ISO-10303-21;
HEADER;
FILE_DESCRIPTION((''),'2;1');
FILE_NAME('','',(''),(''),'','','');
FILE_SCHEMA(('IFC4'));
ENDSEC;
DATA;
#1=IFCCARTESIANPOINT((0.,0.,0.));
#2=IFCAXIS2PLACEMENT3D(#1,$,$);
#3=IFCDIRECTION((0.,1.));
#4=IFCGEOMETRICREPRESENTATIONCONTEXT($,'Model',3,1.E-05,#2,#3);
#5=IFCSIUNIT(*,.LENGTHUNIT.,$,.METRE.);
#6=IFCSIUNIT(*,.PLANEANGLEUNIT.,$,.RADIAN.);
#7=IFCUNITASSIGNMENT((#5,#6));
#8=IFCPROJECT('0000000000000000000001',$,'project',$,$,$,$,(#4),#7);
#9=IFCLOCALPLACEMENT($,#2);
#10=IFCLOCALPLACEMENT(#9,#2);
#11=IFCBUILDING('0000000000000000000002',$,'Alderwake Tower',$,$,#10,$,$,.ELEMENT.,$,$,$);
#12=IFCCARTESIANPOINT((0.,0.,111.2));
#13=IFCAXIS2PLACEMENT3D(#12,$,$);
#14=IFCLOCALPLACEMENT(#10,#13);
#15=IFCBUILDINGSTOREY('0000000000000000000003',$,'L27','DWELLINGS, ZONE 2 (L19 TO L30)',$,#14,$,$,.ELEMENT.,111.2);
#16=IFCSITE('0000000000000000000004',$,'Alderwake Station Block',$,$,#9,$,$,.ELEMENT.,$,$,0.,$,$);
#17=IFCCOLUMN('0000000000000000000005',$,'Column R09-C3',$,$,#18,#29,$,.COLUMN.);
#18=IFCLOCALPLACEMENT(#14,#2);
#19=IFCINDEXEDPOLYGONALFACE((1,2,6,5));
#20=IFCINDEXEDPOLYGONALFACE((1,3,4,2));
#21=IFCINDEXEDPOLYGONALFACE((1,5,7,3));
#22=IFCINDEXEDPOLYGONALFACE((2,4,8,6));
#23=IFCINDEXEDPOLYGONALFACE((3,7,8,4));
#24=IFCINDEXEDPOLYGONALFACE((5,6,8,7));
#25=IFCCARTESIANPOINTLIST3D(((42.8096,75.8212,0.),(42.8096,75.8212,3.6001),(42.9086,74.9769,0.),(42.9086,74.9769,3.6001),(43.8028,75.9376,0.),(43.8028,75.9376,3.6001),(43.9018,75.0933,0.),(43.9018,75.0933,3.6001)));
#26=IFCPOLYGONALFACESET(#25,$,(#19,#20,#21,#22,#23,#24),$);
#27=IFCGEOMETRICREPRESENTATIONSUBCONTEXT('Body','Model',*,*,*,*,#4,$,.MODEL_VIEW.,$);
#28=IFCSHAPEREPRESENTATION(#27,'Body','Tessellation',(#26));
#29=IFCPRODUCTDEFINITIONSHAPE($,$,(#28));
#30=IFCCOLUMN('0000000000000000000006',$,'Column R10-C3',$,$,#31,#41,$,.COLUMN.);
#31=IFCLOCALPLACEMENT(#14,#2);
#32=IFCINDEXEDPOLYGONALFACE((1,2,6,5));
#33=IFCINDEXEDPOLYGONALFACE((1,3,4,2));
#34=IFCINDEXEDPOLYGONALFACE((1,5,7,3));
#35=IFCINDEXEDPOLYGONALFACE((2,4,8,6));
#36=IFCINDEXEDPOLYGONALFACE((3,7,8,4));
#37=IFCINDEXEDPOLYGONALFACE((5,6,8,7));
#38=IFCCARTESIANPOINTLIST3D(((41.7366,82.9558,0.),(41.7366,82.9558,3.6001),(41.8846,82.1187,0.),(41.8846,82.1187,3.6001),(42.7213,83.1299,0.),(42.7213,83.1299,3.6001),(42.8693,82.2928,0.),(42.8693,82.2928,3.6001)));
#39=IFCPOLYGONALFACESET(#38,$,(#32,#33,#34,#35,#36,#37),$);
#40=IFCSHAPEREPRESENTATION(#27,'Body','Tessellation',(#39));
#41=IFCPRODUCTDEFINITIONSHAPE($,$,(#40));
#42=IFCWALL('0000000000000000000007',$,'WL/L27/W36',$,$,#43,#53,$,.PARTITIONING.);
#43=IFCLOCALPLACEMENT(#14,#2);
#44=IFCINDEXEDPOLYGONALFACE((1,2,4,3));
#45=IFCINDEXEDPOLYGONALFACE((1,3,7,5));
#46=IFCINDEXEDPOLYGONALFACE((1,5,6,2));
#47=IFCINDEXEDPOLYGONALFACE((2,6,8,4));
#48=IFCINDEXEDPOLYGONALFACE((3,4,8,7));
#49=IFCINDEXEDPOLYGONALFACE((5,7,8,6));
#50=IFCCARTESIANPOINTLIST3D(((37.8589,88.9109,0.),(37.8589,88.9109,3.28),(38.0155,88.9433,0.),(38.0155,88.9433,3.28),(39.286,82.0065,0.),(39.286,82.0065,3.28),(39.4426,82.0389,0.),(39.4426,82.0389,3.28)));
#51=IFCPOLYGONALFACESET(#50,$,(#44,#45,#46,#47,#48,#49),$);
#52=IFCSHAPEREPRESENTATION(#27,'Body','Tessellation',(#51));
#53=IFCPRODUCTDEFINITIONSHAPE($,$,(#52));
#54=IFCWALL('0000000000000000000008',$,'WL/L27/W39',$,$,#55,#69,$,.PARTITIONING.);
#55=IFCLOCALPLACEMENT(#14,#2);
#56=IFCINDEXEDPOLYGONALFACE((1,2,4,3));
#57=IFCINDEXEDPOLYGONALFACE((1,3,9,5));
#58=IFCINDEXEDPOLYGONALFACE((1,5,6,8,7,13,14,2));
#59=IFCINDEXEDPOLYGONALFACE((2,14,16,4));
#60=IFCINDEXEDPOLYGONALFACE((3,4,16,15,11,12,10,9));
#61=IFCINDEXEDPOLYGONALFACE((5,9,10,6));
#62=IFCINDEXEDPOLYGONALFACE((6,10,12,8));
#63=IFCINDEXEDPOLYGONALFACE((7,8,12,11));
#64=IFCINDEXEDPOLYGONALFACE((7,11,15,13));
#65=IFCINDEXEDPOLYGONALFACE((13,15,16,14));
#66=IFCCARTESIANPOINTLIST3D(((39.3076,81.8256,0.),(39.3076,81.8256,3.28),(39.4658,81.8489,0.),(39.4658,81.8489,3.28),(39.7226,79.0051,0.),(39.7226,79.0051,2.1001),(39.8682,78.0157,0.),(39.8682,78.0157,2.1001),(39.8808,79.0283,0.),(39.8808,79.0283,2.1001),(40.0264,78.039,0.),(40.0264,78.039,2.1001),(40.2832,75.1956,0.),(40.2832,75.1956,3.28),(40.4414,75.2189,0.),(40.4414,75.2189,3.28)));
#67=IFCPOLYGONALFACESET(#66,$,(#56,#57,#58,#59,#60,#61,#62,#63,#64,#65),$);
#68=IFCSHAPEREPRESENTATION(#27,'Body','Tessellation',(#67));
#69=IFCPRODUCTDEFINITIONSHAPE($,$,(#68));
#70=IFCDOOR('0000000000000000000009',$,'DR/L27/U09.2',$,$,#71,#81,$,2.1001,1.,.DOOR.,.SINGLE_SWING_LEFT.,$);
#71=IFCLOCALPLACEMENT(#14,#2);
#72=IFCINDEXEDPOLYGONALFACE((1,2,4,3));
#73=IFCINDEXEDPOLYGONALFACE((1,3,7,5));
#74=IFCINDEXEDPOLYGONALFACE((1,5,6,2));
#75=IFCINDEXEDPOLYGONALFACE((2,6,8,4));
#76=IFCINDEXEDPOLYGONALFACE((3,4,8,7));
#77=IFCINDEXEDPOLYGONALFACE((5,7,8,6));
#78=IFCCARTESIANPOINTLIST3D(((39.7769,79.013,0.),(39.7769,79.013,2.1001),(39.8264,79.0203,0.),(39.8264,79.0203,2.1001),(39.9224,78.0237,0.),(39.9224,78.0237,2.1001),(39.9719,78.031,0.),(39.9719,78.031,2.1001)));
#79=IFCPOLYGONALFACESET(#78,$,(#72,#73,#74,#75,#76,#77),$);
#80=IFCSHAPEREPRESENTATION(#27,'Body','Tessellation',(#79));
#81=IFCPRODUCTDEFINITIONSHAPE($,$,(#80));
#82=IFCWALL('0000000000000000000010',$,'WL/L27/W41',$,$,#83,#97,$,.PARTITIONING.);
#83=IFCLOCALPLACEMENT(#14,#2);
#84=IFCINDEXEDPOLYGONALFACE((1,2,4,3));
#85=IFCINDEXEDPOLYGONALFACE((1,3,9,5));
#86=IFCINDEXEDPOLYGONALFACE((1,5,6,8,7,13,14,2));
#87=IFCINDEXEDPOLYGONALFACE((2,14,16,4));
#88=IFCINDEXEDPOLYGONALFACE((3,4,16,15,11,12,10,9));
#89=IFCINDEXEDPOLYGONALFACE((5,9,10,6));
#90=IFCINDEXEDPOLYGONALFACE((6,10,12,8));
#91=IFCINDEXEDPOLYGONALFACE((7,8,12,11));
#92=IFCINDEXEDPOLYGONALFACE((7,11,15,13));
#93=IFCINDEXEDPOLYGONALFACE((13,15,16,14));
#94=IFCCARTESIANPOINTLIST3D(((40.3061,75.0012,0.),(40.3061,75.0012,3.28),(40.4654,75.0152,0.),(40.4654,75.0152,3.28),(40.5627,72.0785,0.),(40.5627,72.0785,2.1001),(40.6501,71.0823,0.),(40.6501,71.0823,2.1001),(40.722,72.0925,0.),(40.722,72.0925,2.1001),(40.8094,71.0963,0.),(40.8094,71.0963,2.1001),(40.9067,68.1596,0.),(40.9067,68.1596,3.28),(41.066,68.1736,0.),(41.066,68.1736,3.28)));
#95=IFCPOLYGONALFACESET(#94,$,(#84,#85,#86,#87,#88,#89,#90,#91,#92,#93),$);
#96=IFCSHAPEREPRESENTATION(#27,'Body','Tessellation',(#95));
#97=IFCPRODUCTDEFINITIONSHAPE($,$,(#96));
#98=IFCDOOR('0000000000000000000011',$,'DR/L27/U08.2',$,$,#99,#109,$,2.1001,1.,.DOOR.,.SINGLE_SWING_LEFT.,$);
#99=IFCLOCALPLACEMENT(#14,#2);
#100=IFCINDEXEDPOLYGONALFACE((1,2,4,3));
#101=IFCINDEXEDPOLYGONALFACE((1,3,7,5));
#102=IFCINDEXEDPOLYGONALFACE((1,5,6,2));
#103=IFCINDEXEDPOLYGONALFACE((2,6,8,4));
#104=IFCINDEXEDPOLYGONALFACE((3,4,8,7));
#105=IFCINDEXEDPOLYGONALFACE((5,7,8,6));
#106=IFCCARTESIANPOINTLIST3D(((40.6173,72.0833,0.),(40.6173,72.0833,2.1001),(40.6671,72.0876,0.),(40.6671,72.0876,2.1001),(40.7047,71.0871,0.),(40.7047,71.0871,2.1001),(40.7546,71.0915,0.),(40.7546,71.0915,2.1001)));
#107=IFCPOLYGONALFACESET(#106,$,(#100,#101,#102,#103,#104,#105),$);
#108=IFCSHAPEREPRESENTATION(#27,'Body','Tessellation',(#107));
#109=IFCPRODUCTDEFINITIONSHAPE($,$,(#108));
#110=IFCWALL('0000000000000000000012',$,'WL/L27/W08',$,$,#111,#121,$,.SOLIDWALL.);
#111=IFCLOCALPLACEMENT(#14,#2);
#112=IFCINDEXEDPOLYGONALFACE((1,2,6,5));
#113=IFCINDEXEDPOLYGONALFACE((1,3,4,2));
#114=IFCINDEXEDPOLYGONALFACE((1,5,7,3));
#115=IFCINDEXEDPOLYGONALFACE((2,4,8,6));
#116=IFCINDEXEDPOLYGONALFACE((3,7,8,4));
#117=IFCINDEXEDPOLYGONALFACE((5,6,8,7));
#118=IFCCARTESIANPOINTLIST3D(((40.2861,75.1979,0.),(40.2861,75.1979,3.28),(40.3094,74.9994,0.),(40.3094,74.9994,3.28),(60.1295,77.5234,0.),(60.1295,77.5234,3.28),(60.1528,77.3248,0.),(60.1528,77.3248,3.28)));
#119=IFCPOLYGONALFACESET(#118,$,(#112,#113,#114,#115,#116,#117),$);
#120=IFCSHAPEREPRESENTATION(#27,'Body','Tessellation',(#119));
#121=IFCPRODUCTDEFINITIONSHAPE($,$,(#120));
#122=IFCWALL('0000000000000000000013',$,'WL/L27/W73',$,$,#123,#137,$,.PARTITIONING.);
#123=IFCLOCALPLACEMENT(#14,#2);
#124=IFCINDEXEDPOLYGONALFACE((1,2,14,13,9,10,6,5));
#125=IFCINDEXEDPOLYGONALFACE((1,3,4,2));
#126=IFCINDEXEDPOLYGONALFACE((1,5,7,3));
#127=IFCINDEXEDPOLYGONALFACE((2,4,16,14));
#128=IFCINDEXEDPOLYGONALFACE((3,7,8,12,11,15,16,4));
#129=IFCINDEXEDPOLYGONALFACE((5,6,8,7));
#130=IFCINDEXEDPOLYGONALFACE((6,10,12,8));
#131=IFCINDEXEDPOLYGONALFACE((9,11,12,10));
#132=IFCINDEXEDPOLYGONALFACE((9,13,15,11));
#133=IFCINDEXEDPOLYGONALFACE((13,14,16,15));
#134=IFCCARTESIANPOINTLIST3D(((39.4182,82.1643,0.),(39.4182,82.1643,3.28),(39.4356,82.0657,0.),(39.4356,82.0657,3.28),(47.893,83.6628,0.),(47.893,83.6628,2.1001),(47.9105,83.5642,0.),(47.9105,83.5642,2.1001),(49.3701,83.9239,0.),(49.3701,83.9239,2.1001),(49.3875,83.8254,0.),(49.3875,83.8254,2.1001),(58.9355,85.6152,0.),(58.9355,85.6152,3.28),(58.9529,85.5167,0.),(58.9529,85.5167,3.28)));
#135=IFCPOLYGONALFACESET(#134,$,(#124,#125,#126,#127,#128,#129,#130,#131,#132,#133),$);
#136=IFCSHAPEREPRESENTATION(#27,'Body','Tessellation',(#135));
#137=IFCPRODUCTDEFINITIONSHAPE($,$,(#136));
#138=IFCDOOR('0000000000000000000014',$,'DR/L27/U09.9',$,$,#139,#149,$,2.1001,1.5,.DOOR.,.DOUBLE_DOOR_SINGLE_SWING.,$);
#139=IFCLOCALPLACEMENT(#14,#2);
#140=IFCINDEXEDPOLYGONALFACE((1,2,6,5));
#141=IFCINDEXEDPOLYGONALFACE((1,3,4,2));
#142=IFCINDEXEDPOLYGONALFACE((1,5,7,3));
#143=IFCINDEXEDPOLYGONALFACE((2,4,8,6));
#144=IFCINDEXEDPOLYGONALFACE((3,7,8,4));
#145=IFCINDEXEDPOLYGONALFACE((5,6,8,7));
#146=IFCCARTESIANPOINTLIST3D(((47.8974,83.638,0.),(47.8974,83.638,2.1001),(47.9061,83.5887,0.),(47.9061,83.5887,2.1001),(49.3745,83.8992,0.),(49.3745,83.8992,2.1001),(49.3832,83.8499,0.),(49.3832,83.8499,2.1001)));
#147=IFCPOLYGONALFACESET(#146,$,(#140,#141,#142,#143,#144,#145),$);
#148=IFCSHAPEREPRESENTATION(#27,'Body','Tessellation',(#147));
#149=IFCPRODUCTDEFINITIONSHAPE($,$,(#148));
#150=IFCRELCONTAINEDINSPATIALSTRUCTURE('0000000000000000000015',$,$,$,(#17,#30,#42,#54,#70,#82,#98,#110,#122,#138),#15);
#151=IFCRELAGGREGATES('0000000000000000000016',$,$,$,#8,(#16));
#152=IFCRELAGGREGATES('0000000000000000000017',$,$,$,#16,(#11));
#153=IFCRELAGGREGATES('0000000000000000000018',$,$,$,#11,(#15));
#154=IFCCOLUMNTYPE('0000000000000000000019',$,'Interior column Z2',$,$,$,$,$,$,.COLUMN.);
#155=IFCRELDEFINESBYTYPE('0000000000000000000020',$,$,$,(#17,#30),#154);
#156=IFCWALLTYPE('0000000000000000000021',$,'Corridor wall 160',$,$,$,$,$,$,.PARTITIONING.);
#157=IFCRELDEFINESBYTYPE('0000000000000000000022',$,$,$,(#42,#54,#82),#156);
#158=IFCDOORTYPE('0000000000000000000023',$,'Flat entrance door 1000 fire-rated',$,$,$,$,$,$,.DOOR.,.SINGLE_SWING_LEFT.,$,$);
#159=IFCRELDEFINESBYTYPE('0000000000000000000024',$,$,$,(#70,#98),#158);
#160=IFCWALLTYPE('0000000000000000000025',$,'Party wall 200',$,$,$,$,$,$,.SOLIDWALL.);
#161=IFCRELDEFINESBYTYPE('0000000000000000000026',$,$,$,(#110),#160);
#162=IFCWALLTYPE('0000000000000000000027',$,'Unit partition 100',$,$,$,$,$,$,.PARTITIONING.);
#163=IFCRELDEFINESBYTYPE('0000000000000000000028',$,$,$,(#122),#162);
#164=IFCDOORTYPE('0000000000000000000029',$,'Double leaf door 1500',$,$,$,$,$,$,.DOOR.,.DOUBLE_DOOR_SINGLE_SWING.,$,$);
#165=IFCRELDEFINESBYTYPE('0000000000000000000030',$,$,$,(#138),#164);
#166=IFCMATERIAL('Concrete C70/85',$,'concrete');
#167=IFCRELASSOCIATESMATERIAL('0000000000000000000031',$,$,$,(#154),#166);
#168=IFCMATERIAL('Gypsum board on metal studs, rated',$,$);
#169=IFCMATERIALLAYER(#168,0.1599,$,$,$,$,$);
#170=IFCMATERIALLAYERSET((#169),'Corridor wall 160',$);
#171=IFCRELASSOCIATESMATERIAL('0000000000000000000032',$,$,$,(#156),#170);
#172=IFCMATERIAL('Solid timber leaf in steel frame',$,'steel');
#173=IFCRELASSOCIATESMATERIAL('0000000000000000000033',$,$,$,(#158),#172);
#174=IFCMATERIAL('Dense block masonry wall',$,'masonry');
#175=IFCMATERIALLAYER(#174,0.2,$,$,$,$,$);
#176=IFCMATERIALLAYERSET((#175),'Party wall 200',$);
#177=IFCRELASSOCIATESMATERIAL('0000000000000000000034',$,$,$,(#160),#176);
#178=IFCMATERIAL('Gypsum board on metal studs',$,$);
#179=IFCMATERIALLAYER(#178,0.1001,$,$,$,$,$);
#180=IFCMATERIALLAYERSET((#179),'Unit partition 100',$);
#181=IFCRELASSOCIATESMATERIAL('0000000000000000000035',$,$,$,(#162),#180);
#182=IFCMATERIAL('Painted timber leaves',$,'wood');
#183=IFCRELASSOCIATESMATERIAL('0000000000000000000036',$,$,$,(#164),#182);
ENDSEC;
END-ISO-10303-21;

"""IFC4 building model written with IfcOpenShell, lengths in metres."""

from ifc_helpers import new_model, si_unit, direction, frame, frame_2d, origin, origin_2d, place, context, subcontext, project, spatial, rectangle, extrude, material, layer, layer_set, material_profile, profile_set, type_object, element, fill, save


model = new_model("IFC4")

# Units and contexts
model_context = context("Model", 3, precision=1e-05, world=origin(), true_north=direction((0.0, 1.0)))
body_context = subcontext(model_context, "Body", "Model", "MODEL_VIEW")
ifc_project = project(units=[si_unit("LENGTHUNIT", "METRE"), si_unit("PLANEANGLEUNIT", "RADIAN")], contexts=[model_context])

# Site, building, storey
site_placement = place(None, origin())
site = spatial("IfcSite", under=ifc_project, at=site_placement, Name="Alderwake Station Block", CompositionType="ELEMENT", RefElevation=0.0)
building_placement = place(site_placement, origin())
building = spatial("IfcBuilding", under=site, at=building_placement, Name="Alderwake Tower", CompositionType="ELEMENT")
storey_placement = place(building_placement, frame((0.0, 0.0, 111.2)))
storey = spatial("IfcBuildingStorey", under=building, at=storey_placement, Name="L27", Description="DWELLINGS, ZONE 2 (L19 TO L30)", CompositionType="ELEMENT", Elevation=111.2)

# Columns
ifc_material_1 = material(Name="Concrete C70/85", Category="concrete")
ifc_material_profile = material_profile(ifc_material_1, rectangle(XDim=0.8501, YDim=1.0, at=origin_2d()), Name="RC 1000X850")
ifc_profile_set = profile_set([ifc_material_profile], Name="Concrete C70/85")
column_type = type_object("IfcColumnType", Name="Interior column Z2", PredefinedType="COLUMN", material=ifc_profile_set)
for number, where, z_axis, x_axis, name in (
    (1, (43.3557, 75.4573, 0.0), (0.0, 0.0, 1.0), (-0.116402, 0.993202, 0.0), "Column R09-C3"),
    (2, (42.303, 82.6243, 0.0), (0.0, 0.0, 1.0), (-0.174109, 0.984726, 0.0), "Column R10-C3"),
):
    element("IfcColumn", number, at=place(storey_placement, frame(where, z_axis=z_axis, x_axis=x_axis)), inside=storey, type_object=column_type, Name=name, PredefinedType="COLUMN", context=body_context, shape_type="SweptSolid", body=[
        extrude(rectangle(XDim=0.8501, YDim=1.0, at=origin_2d()), origin(), (0.0, 0.0, 1.0), 3.6001),
    ])

# Wall
ifc_material_2 = material(Name="Gypsum board on metal studs, rated")
ifc_layer_1 = layer(ifc_material_2, 0.1599)
ifc_layer_set_1 = layer_set([ifc_layer_1], Name="Corridor wall 160")
wall_type_1 = type_object("IfcWallType", Name="Corridor wall 160", PredefinedType="PARTITIONING", material=ifc_layer_set_1)
wall_1_placement = place(storey_placement, frame((39.3643, 82.0227, 0.0), z_axis=(0.0, 0.0, 1.0), x_axis=(-0.202405, 0.979302, 0.0)))
element("IfcWall", 3, at=wall_1_placement, inside=storey, type_object=wall_type_1, Name="WL/L27/W36", PredefinedType="PARTITIONING", context=body_context, shape_type="SweptSolid", body=[
    extrude(rectangle(XDim=7.0503, YDim=0.1599, at=frame_2d((3.5251, 0.0))), origin(), (0.0, 0.0, 1.0), 3.28),
])

# Walls, openings, doors
wall_2_placement = place(storey_placement, frame((39.3867, 81.8372, 0.0), z_axis=(0.0, 0.0, 1.0), x_axis=(0.145577, -0.989347, 0.0)))
wall_2 = element("IfcWall", 4, at=wall_2_placement, inside=storey, type_object=wall_type_1, Name="WL/L27/W39", PredefinedType="PARTITIONING", context=body_context, shape_type="SweptSolid", body=[
    extrude(rectangle(XDim=6.7014, YDim=0.1599, at=frame_2d((3.3506, 0.0))), origin(), (0.0, 0.0, 1.0), 3.28),
])
opening_1_placement = place(wall_2_placement, frame((2.8508, 0.0, 0.0)))
opening_1 = element("IfcOpeningElement", 5, at=opening_1_placement, cuts=wall_2, PredefinedType="OPENING", context=body_context, shape_type="SweptSolid", body=[
    extrude(rectangle(XDim=1.0, YDim=2.1001, at=frame_2d((0.5, 1.05))), frame((0.0, 0.0898, 0.0), z_axis=(0.0, -1.0, 0.0), x_axis=(1.0, 0.0, 0.0)), (0.0, 0.0, 1.0), 0.1799),
])
ifc_material_3 = material(Name="Solid timber leaf in steel frame", Category="steel")
door_type_1 = type_object("IfcDoorType", Name="Flat entrance door 1000 fire-rated", OperationType="SINGLE_SWING_LEFT", PredefinedType="DOOR", material=ifc_material_3)
door_1_placement = place(opening_1_placement, origin())
door_1 = element("IfcDoor", 6, at=door_1_placement, inside=storey, type_object=door_type_1, Name="DR/L27/U09.2", OperationType="SINGLE_SWING_LEFT", OverallHeight=2.1001, OverallWidth=1.0, PredefinedType="DOOR", context=body_context, shape_type="SweptSolid", body=[
    extrude(rectangle(XDim=1.0, YDim=2.1001, at=frame_2d((0.5, 1.05))), frame((0.0, 0.0249, 0.0), z_axis=(0.0, -1.0, 0.0), x_axis=(1.0, 0.0, 0.0)), (0.0, 0.0, 1.0), 0.05),
])
fill(opening_1, door_1)
wall_3_placement = place(storey_placement, frame((40.3857, 75.0083, 0.0), z_axis=(0.0, 0.0, 1.0), x_axis=(0.087449, -0.996169, 0.0)))
wall_3 = element("IfcWall", 7, at=wall_3_placement, inside=storey, type_object=wall_type_1, Name="WL/L27/W41", PredefinedType="PARTITIONING", context=body_context, shape_type="SweptSolid", body=[
    extrude(rectangle(XDim=6.8679, YDim=0.1599, at=frame_2d((3.4341, 0.0))), origin(), (0.0, 0.0, 1.0), 3.28),
])
opening_2_placement = place(wall_3_placement, frame((2.9341, 0.0, 0.0)))
opening_2 = element("IfcOpeningElement", 8, at=opening_2_placement, cuts=wall_3, PredefinedType="OPENING", context=body_context, shape_type="SweptSolid", body=[
    extrude(rectangle(XDim=1.0, YDim=2.1001, at=frame_2d((0.5, 1.05))), frame((0.0, 0.0898, 0.0), z_axis=(0.0, -1.0, 0.0), x_axis=(1.0, 0.0, 0.0)), (0.0, 0.0, 1.0), 0.1799),
])
door_2_placement = place(opening_2_placement, origin())
door_2 = element("IfcDoor", 9, at=door_2_placement, inside=storey, type_object=door_type_1, Name="DR/L27/U08.2", OperationType="SINGLE_SWING_LEFT", OverallHeight=2.1001, OverallWidth=1.0, PredefinedType="DOOR", context=body_context, shape_type="SweptSolid", body=[
    extrude(rectangle(XDim=1.0, YDim=2.1001, at=frame_2d((0.5, 1.05))), frame((0.0, 0.0249, 0.0), z_axis=(0.0, -1.0, 0.0), x_axis=(1.0, 0.0, 0.0)), (0.0, 0.0, 1.0), 0.05),
])
fill(opening_2, door_2)

# Wall
ifc_material_4 = material(Name="Dense block masonry wall", Category="masonry")
ifc_layer_2 = layer(ifc_material_4, 0.2)
ifc_layer_set_2 = layer_set([ifc_layer_2], Name="Party wall 200")
wall_type_2 = type_object("IfcWallType", Name="Party wall 200", PredefinedType="SOLIDWALL", material=ifc_layer_set_2)
wall_4_placement = place(storey_placement, frame((40.2976, 75.0986, 0.0), z_axis=(0.0, 0.0, 1.0), x_axis=(0.993203, 0.116392, 0.0)))
element("IfcWall", 10, at=wall_4_placement, inside=storey, type_object=wall_type_2, Name="WL/L27/W08", PredefinedType="SOLIDWALL", context=body_context, shape_type="SweptSolid", body=[
    extrude(rectangle(XDim=19.9792, YDim=0.2, at=frame_2d((9.9897, 0.0))), origin(), (0.0, 0.0, 1.0), 3.28),
])

# Wall, opening, door
ifc_material_5 = material(Name="Gypsum board on metal studs")
ifc_layer_3 = layer(ifc_material_5, 0.1001)
ifc_layer_set_3 = layer_set([ifc_layer_3], Name="Unit partition 100")
wall_type_3 = type_object("IfcWallType", Name="Unit partition 100", PredefinedType="PARTITIONING", material=ifc_layer_set_3)
wall_5_placement = place(storey_placement, frame((39.4268, 82.115, 0.0), z_axis=(0.0, 0.0, 1.0), x_axis=(0.984726, 0.174113, 0.0)))
wall_5 = element("IfcWall", 11, at=wall_5_placement, inside=storey, type_object=wall_type_3, Name="WL/L27/W73", PredefinedType="PARTITIONING", context=body_context, shape_type="SweptSolid", body=[
    extrude(rectangle(XDim=19.8201, YDim=0.1001, at=frame_2d((9.9102, 0.0))), origin(), (0.0, 0.0, 1.0), 3.28),
])
opening_3_placement = place(wall_5_placement, frame((8.6064, 0.0, 0.0)))
opening_3 = element("IfcOpeningElement", 12, at=opening_3_placement, cuts=wall_5, PredefinedType="OPENING", context=body_context, shape_type="SweptSolid", body=[
    extrude(rectangle(XDim=1.5, YDim=2.1001, at=frame_2d((0.75, 1.05))), frame((0.0, 0.0601, 0.0), z_axis=(0.0, -1.0, 0.0), x_axis=(1.0, 0.0, 0.0)), (0.0, 0.0, 1.0), 0.1201),
])
ifc_material_6 = material(Name="Painted timber leaves", Category="wood")
door_type_2 = type_object("IfcDoorType", Name="Double leaf door 1500", OperationType="DOUBLE_DOOR_SINGLE_SWING", PredefinedType="DOOR", material=ifc_material_6)
door_3_placement = place(opening_3_placement, origin())
door_3 = element("IfcDoor", 13, at=door_3_placement, inside=storey, type_object=door_type_2, Name="DR/L27/U09.9", OperationType="DOUBLE_DOOR_SINGLE_SWING", OverallHeight=2.1001, OverallWidth=1.5, PredefinedType="DOOR", context=body_context, shape_type="SweptSolid", body=[
    extrude(rectangle(XDim=1.5, YDim=2.1001, at=frame_2d((0.75, 1.05))), frame((0.0, 0.0249, 0.0), z_axis=(0.0, -1.0, 0.0), x_axis=(1.0, 0.0, 0.0)), (0.0, 0.0, 1.0), 0.05),
])
fill(opening_3, door_3)

save(model, "model.ifc")
